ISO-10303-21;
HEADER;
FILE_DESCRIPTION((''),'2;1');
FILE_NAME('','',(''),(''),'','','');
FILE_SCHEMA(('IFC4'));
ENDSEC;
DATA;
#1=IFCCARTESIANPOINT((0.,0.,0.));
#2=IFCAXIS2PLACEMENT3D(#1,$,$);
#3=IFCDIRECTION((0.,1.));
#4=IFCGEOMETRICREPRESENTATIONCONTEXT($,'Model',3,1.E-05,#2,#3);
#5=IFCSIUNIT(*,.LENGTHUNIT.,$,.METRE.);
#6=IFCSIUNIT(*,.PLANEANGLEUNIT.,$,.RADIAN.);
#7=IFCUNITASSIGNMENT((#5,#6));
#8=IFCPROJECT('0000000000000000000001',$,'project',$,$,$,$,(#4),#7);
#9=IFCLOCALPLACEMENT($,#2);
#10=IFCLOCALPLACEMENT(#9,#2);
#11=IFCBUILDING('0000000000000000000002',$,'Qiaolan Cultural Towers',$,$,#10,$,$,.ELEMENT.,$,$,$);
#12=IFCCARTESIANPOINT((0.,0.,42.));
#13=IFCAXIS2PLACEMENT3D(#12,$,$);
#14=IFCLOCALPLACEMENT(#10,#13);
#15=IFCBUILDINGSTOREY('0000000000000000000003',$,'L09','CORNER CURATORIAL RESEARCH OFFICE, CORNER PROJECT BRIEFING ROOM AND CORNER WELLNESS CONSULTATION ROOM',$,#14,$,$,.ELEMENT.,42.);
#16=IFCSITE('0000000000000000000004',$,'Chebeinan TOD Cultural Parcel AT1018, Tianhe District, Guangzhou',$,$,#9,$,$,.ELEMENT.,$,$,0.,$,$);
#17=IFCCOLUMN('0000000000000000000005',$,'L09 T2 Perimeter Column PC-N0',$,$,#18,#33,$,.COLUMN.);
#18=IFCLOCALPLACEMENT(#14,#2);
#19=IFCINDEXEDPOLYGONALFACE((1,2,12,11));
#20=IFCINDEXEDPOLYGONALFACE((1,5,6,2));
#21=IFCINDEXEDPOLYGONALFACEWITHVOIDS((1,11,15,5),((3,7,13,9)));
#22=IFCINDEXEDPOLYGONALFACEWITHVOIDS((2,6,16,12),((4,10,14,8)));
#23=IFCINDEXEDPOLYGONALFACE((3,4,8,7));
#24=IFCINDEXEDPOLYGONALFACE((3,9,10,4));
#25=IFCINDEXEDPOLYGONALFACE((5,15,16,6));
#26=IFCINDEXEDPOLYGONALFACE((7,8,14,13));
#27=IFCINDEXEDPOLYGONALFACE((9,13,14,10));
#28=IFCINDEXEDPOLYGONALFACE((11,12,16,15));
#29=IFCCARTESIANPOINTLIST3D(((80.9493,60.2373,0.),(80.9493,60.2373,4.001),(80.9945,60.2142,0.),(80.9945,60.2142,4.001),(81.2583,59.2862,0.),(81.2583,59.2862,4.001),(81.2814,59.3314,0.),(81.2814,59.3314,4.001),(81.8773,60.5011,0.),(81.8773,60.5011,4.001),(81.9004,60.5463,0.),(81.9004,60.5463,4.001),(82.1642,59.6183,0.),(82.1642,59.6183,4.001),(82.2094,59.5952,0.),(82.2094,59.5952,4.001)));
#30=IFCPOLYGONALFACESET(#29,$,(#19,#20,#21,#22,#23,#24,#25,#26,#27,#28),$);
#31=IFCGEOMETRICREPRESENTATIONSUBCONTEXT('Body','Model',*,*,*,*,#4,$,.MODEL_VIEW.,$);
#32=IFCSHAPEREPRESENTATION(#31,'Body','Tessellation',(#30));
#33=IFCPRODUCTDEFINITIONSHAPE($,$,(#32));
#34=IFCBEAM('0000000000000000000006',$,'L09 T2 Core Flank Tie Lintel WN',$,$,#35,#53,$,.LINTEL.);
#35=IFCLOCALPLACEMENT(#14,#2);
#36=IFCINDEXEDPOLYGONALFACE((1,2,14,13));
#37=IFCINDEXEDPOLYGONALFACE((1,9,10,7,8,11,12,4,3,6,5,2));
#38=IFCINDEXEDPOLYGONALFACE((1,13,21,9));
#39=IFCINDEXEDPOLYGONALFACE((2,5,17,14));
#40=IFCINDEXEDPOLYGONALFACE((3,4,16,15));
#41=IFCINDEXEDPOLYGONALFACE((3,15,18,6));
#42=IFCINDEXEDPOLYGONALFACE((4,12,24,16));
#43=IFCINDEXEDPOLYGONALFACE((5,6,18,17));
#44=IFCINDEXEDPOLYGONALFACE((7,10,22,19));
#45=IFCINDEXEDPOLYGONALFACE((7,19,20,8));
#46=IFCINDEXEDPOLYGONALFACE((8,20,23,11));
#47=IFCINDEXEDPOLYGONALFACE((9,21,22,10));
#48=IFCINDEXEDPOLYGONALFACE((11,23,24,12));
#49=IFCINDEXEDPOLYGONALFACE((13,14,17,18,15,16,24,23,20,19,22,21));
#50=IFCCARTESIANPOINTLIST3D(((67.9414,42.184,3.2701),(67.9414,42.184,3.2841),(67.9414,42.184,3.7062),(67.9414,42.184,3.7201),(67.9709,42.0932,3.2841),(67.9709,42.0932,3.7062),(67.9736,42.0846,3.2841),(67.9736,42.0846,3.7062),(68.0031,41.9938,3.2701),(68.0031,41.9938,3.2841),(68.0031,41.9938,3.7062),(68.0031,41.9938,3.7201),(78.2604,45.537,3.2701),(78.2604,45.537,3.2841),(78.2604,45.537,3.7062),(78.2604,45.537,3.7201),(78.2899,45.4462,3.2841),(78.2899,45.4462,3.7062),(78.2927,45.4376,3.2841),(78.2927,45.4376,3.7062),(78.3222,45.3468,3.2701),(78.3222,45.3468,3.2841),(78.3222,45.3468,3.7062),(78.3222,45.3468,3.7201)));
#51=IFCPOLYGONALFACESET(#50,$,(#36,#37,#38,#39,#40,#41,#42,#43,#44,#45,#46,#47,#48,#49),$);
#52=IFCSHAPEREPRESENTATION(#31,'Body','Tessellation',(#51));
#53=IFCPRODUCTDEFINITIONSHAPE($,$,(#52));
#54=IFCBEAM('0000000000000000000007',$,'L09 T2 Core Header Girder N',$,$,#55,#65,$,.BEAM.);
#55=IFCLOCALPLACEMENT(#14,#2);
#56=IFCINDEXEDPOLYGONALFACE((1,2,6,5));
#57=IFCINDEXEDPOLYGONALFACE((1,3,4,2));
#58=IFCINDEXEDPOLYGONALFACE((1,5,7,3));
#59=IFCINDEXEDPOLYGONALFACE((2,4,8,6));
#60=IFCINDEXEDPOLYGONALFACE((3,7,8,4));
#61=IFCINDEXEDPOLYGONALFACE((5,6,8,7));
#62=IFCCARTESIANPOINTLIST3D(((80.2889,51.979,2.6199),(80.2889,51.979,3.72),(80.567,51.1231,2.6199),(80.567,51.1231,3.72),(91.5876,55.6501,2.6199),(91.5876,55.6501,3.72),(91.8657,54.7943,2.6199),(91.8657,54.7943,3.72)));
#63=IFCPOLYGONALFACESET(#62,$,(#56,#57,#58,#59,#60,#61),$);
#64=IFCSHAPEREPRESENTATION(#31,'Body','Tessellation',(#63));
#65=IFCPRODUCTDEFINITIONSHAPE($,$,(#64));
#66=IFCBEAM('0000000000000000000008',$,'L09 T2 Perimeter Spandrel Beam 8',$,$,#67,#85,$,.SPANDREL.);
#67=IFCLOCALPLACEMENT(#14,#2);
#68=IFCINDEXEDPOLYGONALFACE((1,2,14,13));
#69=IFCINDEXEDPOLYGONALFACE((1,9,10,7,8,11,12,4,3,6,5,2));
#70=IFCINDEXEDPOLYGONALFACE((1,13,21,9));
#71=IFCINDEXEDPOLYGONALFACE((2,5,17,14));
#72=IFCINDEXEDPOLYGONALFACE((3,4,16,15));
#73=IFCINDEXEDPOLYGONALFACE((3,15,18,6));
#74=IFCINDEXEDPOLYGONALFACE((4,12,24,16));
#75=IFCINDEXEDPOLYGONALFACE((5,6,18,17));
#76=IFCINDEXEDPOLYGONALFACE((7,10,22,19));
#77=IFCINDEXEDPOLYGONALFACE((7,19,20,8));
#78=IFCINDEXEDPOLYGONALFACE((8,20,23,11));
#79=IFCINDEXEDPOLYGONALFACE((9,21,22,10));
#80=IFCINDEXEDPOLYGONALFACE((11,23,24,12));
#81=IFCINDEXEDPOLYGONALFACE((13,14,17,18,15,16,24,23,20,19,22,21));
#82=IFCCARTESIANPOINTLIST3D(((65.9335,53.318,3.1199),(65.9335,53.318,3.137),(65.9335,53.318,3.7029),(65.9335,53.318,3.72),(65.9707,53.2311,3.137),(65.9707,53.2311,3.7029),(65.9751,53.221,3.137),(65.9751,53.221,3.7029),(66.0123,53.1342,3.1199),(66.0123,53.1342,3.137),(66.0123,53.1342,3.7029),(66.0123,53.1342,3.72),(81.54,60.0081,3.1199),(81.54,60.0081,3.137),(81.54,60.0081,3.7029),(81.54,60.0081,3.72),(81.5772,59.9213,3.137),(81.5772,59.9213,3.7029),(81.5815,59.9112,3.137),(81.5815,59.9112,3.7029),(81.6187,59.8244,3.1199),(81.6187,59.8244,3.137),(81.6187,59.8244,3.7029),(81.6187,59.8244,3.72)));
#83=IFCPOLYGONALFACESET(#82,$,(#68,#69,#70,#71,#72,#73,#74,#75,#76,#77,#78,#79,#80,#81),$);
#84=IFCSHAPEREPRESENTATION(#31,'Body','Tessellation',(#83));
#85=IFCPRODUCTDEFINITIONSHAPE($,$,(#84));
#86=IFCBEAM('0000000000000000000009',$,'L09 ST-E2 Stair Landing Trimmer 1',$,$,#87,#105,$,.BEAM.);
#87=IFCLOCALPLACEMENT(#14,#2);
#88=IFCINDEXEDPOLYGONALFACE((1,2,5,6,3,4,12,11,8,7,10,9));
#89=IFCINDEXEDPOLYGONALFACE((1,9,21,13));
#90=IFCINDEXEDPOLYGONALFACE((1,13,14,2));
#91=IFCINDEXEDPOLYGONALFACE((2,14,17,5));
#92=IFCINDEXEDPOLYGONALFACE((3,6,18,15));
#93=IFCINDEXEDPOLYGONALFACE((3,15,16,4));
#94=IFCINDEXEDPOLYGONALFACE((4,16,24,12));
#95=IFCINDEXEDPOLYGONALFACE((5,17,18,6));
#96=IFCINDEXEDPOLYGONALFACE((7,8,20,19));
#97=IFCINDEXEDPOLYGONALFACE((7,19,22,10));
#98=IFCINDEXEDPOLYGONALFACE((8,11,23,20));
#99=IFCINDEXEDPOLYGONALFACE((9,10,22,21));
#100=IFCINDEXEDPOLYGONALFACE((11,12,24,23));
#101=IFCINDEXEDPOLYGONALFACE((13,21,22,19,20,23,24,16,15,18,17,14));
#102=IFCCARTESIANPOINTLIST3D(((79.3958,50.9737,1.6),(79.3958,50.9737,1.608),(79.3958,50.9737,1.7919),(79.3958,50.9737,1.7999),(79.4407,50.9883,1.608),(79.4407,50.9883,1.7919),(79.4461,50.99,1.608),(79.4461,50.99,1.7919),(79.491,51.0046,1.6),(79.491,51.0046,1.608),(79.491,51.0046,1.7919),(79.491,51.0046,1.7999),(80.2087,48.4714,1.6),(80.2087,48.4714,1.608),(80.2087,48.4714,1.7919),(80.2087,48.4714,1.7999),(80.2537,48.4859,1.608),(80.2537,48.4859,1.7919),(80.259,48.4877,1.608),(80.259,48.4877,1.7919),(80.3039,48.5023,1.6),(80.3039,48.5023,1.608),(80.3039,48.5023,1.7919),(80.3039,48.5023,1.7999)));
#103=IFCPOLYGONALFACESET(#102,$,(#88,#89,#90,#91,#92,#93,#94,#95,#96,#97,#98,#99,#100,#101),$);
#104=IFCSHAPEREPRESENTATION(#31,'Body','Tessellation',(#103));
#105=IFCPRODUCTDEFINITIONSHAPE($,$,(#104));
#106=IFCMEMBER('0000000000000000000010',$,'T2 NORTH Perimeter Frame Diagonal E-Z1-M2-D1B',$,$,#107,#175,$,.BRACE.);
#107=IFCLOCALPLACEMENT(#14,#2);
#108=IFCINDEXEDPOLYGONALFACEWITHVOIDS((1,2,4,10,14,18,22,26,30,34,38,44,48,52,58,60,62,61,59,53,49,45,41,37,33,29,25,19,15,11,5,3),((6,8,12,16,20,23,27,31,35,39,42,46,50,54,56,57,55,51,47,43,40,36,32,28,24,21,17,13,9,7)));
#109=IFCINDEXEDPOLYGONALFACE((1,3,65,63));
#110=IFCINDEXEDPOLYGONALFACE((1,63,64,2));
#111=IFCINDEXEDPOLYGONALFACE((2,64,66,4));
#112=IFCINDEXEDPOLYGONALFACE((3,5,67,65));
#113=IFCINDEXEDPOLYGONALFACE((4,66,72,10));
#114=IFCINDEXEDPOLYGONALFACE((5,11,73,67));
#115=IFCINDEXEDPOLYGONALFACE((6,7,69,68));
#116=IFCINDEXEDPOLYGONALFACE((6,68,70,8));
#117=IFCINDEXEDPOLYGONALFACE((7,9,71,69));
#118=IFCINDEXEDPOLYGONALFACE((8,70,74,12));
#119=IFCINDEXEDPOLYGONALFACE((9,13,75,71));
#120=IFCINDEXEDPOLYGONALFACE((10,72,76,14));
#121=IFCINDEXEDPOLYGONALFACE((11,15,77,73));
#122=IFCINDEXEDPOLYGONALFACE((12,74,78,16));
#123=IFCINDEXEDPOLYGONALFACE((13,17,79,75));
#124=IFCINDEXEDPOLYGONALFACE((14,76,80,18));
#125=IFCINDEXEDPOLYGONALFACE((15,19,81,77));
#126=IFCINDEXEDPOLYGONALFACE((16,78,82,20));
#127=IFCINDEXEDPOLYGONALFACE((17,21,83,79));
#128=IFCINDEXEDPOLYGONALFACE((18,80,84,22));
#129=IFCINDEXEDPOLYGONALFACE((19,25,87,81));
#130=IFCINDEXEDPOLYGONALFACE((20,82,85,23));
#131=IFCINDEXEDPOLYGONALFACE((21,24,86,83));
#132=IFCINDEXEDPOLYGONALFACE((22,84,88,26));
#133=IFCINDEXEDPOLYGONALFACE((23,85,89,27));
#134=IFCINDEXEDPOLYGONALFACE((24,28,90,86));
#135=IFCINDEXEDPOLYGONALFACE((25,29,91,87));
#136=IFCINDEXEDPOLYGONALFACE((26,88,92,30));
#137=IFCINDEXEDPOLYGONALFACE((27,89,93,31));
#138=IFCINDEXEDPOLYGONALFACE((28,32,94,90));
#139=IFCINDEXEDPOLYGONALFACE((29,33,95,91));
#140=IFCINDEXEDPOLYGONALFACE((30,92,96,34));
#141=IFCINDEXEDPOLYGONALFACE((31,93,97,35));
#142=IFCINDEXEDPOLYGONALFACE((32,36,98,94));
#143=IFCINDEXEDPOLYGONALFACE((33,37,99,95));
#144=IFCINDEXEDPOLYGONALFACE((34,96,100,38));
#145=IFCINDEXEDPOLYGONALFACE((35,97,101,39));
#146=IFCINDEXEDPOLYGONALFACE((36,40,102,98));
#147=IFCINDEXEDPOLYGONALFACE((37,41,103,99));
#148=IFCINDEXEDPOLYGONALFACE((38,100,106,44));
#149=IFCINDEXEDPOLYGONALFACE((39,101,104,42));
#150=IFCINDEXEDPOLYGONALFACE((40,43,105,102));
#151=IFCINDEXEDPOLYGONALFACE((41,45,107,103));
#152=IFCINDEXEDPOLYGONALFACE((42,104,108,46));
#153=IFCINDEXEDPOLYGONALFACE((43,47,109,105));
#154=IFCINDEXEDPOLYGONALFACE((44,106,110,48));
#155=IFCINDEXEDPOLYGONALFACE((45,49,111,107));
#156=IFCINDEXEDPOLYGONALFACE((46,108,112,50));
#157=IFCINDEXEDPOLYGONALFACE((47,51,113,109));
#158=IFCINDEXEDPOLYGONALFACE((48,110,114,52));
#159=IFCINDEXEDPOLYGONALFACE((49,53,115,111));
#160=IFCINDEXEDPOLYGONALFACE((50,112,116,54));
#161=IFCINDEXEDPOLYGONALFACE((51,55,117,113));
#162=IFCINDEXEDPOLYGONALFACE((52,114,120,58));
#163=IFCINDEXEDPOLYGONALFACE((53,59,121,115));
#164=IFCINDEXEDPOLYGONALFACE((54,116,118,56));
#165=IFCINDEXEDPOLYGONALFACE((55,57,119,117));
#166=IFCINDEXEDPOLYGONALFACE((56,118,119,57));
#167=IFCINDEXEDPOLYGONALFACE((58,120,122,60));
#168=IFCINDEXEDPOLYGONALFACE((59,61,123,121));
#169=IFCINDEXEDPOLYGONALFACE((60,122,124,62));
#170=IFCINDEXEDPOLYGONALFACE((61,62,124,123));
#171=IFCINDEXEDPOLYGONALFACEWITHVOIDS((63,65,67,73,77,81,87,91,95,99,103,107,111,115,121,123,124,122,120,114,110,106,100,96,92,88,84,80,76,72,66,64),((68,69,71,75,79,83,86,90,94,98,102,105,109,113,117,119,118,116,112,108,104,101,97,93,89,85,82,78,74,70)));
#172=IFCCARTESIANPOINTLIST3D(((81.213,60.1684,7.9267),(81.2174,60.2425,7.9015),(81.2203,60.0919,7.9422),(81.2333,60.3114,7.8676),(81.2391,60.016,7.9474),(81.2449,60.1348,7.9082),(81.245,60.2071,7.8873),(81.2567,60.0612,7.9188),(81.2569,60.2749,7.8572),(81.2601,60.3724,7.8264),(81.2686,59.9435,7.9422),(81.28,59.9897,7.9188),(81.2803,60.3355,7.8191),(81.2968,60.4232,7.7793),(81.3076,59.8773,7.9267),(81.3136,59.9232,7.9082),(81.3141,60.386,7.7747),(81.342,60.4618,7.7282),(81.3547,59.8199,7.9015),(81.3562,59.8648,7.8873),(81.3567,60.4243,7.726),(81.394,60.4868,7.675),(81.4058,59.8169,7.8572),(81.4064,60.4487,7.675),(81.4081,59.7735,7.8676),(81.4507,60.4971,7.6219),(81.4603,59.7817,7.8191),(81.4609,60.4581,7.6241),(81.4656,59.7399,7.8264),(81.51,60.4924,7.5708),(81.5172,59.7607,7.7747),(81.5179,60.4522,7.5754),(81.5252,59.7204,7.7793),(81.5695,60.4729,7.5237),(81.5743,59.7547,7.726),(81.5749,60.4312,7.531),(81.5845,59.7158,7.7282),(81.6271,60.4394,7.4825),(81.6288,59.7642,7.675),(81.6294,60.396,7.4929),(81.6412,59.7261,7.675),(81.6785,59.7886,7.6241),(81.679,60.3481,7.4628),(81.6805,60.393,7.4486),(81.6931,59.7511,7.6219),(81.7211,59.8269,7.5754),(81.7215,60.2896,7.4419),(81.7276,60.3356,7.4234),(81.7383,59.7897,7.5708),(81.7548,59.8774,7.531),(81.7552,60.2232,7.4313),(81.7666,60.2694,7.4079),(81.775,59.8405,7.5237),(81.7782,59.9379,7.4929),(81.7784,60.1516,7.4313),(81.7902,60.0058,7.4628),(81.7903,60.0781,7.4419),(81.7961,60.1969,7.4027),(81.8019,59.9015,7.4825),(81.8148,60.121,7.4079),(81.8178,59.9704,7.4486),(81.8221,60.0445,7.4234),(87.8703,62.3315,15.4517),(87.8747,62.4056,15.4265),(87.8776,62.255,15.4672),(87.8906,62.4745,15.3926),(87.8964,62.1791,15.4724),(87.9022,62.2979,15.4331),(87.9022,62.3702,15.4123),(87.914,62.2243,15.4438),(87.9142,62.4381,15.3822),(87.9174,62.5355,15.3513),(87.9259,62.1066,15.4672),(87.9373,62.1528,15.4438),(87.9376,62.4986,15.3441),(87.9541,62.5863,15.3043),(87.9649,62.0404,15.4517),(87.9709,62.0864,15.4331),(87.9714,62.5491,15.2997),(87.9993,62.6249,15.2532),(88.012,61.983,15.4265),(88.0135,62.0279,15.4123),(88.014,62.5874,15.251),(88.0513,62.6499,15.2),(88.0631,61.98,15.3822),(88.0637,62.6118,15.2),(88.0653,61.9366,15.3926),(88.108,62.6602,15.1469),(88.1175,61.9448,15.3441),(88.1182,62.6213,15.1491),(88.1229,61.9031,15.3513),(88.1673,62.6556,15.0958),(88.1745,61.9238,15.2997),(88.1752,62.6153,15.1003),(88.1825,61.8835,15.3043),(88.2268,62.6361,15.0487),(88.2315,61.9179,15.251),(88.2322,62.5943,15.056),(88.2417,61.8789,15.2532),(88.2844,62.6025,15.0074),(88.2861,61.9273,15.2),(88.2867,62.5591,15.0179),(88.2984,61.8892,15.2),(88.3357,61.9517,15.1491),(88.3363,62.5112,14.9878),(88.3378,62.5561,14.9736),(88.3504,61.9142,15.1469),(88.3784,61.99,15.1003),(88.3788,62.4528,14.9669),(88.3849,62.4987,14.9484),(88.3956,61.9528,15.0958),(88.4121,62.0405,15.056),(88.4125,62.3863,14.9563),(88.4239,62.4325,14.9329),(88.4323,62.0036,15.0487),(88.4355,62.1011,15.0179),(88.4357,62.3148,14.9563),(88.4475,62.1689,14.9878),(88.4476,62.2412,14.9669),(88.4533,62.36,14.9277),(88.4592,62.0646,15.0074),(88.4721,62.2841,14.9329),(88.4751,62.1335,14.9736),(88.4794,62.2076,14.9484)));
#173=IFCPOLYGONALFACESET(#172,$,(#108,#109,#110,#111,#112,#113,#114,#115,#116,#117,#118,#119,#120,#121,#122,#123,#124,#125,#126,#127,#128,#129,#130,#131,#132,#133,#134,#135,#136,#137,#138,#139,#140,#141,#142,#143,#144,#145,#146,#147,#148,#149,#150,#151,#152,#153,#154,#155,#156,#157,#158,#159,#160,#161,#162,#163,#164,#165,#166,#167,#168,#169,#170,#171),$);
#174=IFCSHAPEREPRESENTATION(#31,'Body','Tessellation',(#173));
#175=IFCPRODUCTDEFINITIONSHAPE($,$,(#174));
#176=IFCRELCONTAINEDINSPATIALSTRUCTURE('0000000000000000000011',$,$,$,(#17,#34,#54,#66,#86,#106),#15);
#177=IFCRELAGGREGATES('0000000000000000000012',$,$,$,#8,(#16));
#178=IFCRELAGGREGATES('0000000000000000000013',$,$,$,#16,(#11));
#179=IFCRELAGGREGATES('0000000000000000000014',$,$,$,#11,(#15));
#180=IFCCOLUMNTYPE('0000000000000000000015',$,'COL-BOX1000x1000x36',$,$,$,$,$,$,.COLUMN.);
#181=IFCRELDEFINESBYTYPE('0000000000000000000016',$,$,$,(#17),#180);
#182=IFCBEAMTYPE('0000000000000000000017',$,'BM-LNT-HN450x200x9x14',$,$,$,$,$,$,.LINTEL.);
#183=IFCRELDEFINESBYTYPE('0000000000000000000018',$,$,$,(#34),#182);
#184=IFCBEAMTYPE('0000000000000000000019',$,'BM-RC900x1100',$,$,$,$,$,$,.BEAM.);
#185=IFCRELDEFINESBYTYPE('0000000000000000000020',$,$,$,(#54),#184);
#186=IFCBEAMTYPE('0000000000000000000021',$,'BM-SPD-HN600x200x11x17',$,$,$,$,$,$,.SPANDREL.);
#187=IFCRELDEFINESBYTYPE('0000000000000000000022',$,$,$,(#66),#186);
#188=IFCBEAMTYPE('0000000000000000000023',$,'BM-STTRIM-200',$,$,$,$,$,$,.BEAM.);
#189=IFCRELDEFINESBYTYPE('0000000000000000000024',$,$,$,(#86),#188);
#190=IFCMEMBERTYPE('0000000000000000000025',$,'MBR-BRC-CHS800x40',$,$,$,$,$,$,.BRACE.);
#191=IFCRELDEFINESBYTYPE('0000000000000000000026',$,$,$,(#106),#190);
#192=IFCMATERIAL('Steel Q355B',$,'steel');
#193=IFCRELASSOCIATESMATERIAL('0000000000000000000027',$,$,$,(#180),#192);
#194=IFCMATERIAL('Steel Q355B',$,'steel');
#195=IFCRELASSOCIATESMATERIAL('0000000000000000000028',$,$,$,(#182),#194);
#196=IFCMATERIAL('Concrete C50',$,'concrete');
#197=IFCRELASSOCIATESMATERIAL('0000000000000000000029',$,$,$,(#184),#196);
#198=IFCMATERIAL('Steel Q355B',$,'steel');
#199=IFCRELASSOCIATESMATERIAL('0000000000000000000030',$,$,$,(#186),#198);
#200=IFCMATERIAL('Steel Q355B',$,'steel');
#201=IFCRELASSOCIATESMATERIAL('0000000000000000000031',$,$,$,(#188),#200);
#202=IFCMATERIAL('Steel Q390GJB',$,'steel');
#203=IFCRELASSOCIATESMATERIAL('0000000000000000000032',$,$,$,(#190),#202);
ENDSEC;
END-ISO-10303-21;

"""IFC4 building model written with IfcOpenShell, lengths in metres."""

from ifc_helpers import new_model, si_unit, direction, frame, origin, origin_2d, place, context, subcontext, project, spatial, rectangle, hollow_rectangle, hollow_circle, i_section, extrude, material, material_profile, profile_set, type_object, element, save


model = new_model("IFC4")

# Units and contexts
model_context = context("Model", 3, precision=1e-05, world=origin(), true_north=direction((0.0, 1.0)))
body_context = subcontext(model_context, "Body", "Model", "MODEL_VIEW")
ifc_project = project(units=[si_unit("LENGTHUNIT", "METRE"), si_unit("PLANEANGLEUNIT", "RADIAN")], contexts=[model_context])

# Site, building, storey
site_placement = place(None, origin())
site = spatial("IfcSite", under=ifc_project, at=site_placement, Name="Chebeinan TOD Cultural Parcel AT1018, Tianhe District, Guangzhou", CompositionType="ELEMENT", RefElevation=0.0)
building_placement = place(site_placement, origin())
building = spatial("IfcBuilding", under=site, at=building_placement, Name="Qiaolan Cultural Towers", CompositionType="ELEMENT")
storey_placement = place(building_placement, frame((0.0, 0.0, 42.0)))
storey = spatial("IfcBuildingStorey", under=building, at=storey_placement, Name="L09", Description="CORNER CURATORIAL RESEARCH OFFICE, CORNER PROJECT BRIEFING ROOM AND CORNER WELLNESS CONSULTATION ROOM", CompositionType="ELEMENT", Elevation=42.0)

# Column
ifc_material_1 = material(Name="Steel Q355B", Category="steel")
ifc_material_profile_1 = material_profile(ifc_material_1, hollow_rectangle(XDim=1.0, YDim=1.0, WallThickness=0.0359, at=origin_2d()), Name="BOX1000x1000x36")
ifc_profile_set_1 = profile_set([ifc_material_profile_1], Name="Steel Q355B")
column_type = type_object("IfcColumnType", Name="COL-BOX1000x1000x36", PredefinedType="COLUMN", material=ifc_profile_set_1)
column_placement = place(storey_placement, frame((81.5793, 59.9163, 0.0), z_axis=(0.0, 0.0, 1.0), x_axis=(0.951057, 0.309017, 0.0)))
element("IfcColumn", 1, at=column_placement, inside=storey, type_object=column_type, Name="L09 T2 Perimeter Column PC-N0", PredefinedType="COLUMN", context=body_context, shape_type="SweptSolid", body=[
    extrude(hollow_rectangle(XDim=1.0, YDim=1.0, WallThickness=0.0359, at=origin_2d()), origin(), (0.0, 0.0, 1.0), 4.001),
])

# Beams
ifc_material_2 = material(Name="Steel Q355B", Category="steel")
ifc_material_profile_2 = material_profile(ifc_material_2, i_section(OverallWidth=0.2, OverallDepth=0.45, WebThickness=0.009, FlangeThickness=0.0139, at=origin_2d()), Name="HN450x200x9x14")
ifc_profile_set_2 = profile_set([ifc_material_profile_2], Name="Steel Q355B")
beam_type_1 = type_object("IfcBeamType", Name="BM-LNT-HN450x200x9x14", PredefinedType="LINTEL", material=ifc_profile_set_2)
beam_1_placement = place(storey_placement, frame((78.2913, 45.4419, 3.4951), z_axis=(-0.951052, -0.30903, 0.0), x_axis=(0.30903, -0.951052, 0.0)))
element("IfcBeam", 2, at=beam_1_placement, inside=storey, type_object=beam_type_1, Name="L09 T2 Core Flank Tie Lintel WN", PredefinedType="LINTEL", context=body_context, shape_type="SweptSolid", body=[
    extrude(i_section(OverallWidth=0.2, OverallDepth=0.45, WebThickness=0.009, FlangeThickness=0.0139, at=origin_2d()), origin(), (0.0, 0.0, 1.0), 10.8501),
])
ifc_material_3 = material(Name="Concrete C50", Category="concrete")
ifc_material_profile_3 = material_profile(ifc_material_3, rectangle(XDim=0.8999, YDim=1.1001, at=origin_2d()), Name="RC900x1100")
ifc_profile_set_3 = profile_set([ifc_material_profile_3], Name="Concrete C50")
beam_type_2 = type_object("IfcBeamType", Name="BM-RC900x1100", PredefinedType="BEAM", material=ifc_profile_set_3)
beam_2_placement = place(storey_placement, frame((80.428, 51.551, 3.1699), z_axis=(0.951056, 0.309018, 0.0), x_axis=(-0.309018, 0.951056, 0.0)))
element("IfcBeam", 3, at=beam_2_placement, inside=storey, type_object=beam_type_2, Name="L09 T2 Core Header Girder N", PredefinedType="BEAM", context=body_context, shape_type="SweptSolid", body=[
    extrude(rectangle(XDim=0.8999, YDim=1.1001, at=origin_2d()), origin(), (0.0, 0.0, 1.0), 11.8801),
])
ifc_material_4 = material(Name="Steel Q355B", Category="steel")
ifc_material_profile_4 = material_profile(ifc_material_4, i_section(OverallWidth=0.2, OverallDepth=0.6001, WebThickness=0.011, FlangeThickness=0.0171, at=origin_2d()), Name="HN600x200x11x17")
ifc_profile_set_4 = profile_set([ifc_material_profile_4], Name="Steel Q355B")
beam_type_3 = type_object("IfcBeamType", Name="BM-SPD-HN600x200x11x17", PredefinedType="SPANDREL", material=ifc_profile_set_4)
beam_3_placement = place(storey_placement, frame((81.5793, 59.9163, 3.4199), z_axis=(-0.919109, -0.394004, 0.0), x_axis=(0.394004, -0.919109, 0.0)))
element("IfcBeam", 4, at=beam_3_placement, inside=storey, type_object=beam_type_3, Name="L09 T2 Perimeter Spandrel Beam 8", PredefinedType="SPANDREL", context=body_context, shape_type="SweptSolid", body=[
    extrude(i_section(OverallWidth=0.2, OverallDepth=0.6001, WebThickness=0.011, FlangeThickness=0.0171, at=origin_2d()), origin(), (0.0, 0.0, 1.0), 16.98),
])
ifc_material_5 = material(Name="Steel Q355B", Category="steel")
ifc_material_profile_5 = material_profile(ifc_material_5, i_section(OverallWidth=0.1001, OverallDepth=0.2, WebThickness=0.0056, FlangeThickness=0.0081, at=origin_2d()), Name="HN200x100x5.5x8")
ifc_profile_set_5 = profile_set([ifc_material_profile_5], Name="Steel Q355B")
beam_type_4 = type_object("IfcBeamType", Name="BM-STTRIM-200", PredefinedType="BEAM", material=ifc_profile_set_5)
beam_4_placement = place(storey_placement, frame((80.2563, 48.4868, 1.7), z_axis=(-0.308981, 0.951068, 0.0), x_axis=(-0.951068, -0.308981, 0.0)))
element("IfcBeam", 5, at=beam_4_placement, inside=storey, type_object=beam_type_4, Name="L09 ST-E2 Stair Landing Trimmer 1", PredefinedType="BEAM", context=body_context, shape_type="SweptSolid", body=[
    extrude(i_section(OverallWidth=0.1001, OverallDepth=0.2, WebThickness=0.0056, FlangeThickness=0.0081, at=origin_2d()), origin(), (0.0, 0.0, 1.0), 2.6311),
])

# Member
ifc_material_6 = material(Name="Steel Q390GJB", Category="steel")
ifc_material_profile_6 = material_profile(ifc_material_6, hollow_circle(Radius=0.3999, WallThickness=0.04, at=origin_2d()), Name="CHS800x40")
ifc_profile_set_6 = profile_set([ifc_material_profile_6], Name="Steel Q390GJB")
member_type = type_object("IfcMemberType", Name="MBR-BRC-CHS800x40", PredefinedType="BRACE", material=ifc_profile_set_6)
for number, where, z_axis, x_axis, name in (
    (6, (81.5176, 60.1064, 7.675), (0.647764, 0.210473, 0.732191), (-0.30902, 0.951056, 0.0), "T2 NORTH Perimeter Frame Diagonal E-Z1-M2-D1B"),
):
    element("IfcMember", number, at=place(storey_placement, frame(where, z_axis=z_axis, x_axis=x_axis)), inside=storey, type_object=member_type, Name=name, PredefinedType="BRACE", context=body_context, shape_type="SweptSolid", body=[
        extrude(hollow_circle(Radius=0.3999, WallThickness=0.04, at=origin_2d()), origin(), (0.0, 0.0, 1.0), 10.2773),
    ])

save(model, "model.ifc")
